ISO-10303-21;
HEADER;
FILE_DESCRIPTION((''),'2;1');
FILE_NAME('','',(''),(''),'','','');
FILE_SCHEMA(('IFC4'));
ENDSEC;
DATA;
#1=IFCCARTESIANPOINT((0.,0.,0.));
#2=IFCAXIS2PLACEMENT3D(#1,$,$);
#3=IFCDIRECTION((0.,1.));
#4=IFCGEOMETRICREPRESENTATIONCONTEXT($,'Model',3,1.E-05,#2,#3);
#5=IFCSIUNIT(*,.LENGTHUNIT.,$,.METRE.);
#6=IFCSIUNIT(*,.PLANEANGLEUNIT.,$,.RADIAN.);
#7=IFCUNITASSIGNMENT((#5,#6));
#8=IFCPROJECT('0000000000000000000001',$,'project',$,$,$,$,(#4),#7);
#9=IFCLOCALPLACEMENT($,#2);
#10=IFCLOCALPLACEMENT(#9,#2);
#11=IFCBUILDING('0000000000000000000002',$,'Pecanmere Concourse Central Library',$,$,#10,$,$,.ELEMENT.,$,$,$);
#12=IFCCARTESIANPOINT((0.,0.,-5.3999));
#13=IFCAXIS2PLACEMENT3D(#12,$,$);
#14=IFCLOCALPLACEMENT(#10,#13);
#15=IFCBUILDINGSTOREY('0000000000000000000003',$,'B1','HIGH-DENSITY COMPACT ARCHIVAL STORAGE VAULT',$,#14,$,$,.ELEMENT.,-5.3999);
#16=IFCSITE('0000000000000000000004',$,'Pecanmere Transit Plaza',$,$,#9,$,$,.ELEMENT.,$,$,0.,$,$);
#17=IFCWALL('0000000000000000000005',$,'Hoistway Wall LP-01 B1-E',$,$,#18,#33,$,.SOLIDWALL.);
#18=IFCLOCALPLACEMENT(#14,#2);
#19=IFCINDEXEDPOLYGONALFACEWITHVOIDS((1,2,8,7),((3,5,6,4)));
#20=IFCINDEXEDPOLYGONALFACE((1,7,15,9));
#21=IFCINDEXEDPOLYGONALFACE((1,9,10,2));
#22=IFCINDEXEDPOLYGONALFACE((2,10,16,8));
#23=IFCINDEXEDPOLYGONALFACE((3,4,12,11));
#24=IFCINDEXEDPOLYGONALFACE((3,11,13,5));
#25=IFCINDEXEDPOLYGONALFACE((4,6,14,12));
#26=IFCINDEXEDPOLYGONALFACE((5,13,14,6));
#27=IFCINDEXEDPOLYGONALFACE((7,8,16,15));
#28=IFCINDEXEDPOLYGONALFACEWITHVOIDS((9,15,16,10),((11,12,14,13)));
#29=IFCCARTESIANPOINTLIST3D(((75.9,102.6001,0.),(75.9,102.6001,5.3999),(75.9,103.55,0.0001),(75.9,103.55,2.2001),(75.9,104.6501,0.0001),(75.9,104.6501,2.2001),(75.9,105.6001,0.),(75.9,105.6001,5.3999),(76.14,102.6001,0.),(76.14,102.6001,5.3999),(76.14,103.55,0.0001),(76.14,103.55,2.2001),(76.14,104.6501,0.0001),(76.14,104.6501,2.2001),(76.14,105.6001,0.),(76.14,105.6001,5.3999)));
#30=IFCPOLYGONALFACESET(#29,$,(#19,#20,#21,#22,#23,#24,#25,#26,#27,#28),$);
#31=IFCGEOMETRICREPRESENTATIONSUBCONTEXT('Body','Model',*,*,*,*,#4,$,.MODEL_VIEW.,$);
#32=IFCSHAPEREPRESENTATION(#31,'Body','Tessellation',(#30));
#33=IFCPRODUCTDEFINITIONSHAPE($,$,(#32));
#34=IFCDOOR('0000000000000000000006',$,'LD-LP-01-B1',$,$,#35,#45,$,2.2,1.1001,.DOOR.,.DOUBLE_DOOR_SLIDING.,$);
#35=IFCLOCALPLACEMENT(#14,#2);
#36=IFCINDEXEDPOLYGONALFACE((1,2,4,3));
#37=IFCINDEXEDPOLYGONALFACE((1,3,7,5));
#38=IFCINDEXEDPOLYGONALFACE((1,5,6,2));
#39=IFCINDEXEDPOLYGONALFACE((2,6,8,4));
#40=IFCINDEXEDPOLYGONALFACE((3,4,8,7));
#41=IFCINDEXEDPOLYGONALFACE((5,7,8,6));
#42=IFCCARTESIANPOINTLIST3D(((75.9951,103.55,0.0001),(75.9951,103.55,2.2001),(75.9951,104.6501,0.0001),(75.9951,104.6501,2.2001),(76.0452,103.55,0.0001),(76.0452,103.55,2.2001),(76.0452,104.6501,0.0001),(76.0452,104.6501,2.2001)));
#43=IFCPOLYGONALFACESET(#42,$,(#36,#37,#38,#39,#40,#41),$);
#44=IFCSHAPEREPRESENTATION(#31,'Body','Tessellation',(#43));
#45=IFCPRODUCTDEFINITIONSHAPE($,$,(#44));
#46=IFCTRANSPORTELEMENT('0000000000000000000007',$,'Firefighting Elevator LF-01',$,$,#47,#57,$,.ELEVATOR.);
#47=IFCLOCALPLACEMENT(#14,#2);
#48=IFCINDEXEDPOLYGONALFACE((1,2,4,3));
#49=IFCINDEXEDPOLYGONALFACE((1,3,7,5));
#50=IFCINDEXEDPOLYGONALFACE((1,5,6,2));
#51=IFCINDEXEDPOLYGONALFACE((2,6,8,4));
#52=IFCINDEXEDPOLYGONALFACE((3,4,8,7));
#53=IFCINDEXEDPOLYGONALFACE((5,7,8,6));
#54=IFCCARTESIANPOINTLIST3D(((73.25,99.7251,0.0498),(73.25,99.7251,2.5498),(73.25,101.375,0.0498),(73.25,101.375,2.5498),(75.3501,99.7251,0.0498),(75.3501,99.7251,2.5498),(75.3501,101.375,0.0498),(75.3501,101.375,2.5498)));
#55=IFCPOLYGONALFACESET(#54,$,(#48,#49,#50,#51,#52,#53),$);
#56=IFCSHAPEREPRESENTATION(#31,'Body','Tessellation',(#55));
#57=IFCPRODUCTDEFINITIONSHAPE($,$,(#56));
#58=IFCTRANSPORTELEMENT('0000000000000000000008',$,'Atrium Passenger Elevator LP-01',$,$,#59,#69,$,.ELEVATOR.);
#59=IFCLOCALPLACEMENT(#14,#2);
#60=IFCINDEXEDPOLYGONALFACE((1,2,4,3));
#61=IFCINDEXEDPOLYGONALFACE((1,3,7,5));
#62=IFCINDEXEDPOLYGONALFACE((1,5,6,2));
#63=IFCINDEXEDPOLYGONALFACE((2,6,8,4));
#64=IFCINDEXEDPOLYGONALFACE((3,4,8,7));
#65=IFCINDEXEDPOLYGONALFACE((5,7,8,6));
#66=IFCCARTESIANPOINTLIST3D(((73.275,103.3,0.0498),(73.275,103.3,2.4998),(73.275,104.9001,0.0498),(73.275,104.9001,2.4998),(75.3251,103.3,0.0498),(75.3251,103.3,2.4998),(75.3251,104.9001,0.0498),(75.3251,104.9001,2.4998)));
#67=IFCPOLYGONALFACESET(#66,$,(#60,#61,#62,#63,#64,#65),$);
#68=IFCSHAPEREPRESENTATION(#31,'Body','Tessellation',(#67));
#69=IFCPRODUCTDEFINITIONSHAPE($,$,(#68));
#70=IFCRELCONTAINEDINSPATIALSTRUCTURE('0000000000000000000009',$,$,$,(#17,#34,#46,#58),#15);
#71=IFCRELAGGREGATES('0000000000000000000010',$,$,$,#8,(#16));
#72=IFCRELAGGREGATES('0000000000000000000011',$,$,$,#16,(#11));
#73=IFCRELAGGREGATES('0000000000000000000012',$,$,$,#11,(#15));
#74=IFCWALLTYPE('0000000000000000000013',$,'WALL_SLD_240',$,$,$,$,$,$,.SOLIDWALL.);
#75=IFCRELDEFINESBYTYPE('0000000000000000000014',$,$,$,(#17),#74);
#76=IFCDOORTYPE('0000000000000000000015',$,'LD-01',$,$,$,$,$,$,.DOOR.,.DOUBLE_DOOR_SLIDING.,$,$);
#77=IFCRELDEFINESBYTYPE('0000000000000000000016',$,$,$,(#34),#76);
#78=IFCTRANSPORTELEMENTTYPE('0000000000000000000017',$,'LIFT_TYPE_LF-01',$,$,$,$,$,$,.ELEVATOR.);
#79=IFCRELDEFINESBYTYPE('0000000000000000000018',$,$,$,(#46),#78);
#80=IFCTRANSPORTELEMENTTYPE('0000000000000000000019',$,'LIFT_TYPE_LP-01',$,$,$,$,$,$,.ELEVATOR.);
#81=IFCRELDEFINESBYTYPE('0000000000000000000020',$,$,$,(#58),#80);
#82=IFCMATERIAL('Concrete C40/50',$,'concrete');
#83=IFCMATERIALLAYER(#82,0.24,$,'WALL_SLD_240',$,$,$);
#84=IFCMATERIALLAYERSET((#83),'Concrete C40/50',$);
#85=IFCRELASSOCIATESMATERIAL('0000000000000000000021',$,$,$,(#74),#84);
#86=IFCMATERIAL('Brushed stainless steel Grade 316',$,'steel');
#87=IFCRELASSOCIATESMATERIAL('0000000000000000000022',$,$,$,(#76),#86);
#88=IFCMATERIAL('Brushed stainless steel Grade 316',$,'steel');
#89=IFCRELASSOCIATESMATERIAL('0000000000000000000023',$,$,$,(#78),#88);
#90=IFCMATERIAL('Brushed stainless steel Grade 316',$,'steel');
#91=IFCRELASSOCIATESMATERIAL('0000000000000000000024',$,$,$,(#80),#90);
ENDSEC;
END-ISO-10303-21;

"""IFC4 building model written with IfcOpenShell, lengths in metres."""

from ifc_helpers import new_model, si_unit, direction, frame, frame_2d, origin, origin_2d, place, context, subcontext, project, spatial, rectangle, extrude, material, layer, layer_set, type_object, element, fill, save


model = new_model("IFC4")

# Units and contexts
model_context = context("Model", 3, precision=1e-05, world=origin(), true_north=direction((0.0, 1.0)))
body_context = subcontext(model_context, "Body", "Model", "MODEL_VIEW")
ifc_project = project(units=[si_unit("LENGTHUNIT", "METRE"), si_unit("PLANEANGLEUNIT", "RADIAN")], contexts=[model_context])

# Site, building, storey
site_placement = place(None, origin())
site = spatial("IfcSite", under=ifc_project, at=site_placement, Name="Pecanmere Transit Plaza", CompositionType="ELEMENT", RefElevation=0.0)
building_placement = place(site_placement, origin())
building = spatial("IfcBuilding", under=site, at=building_placement, Name="Pecanmere Concourse Central Library", CompositionType="ELEMENT")
storey_placement = place(building_placement, frame((0.0, 0.0, -5.3999)))
storey = spatial("IfcBuildingStorey", under=building, at=storey_placement, Name="B1", Description="HIGH-DENSITY COMPACT ARCHIVAL STORAGE VAULT", CompositionType="ELEMENT", Elevation=-5.3999)

# Shared definitions
ifc_material_1 = material(Name="Concrete C40/50", Category="concrete")
ifc_layer_1 = layer(ifc_material_1, 0.24, Name="WALL_SLD_240")
ifc_layer_set_1 = layer_set([ifc_layer_1], Name="Concrete C40/50")
wall_type_1 = type_object("IfcWallType", Name="WALL_SLD_240", PredefinedType="SOLIDWALL", material=ifc_layer_set_1)

# Wall, opening, door
wall_1_placement = place(storey_placement, frame((76.02, 102.6001, 0.0), z_axis=(0.0, 0.0, 1.0), x_axis=(0.0, 1.0, 0.0)))
wall_1 = element("IfcWall", 1, at=wall_1_placement, inside=storey, type_object=wall_type_1, Name="Hoistway Wall LP-01 B1-E", PredefinedType="SOLIDWALL", context=body_context, shape_type="SweptSolid", body=[
    extrude(rectangle(XDim=3.0, YDim=0.24, at=frame_2d((1.5, 0.0))), origin(), (0.0, 0.0, 1.0), 5.3999),
])
opening_placement = place(wall_1_placement, frame((0.95, 0.0, 0.0)))
opening = element("IfcOpeningElement", 2, at=opening_placement, cuts=wall_1, PredefinedType="OPENING", context=body_context, shape_type="SweptSolid", body=[
    extrude(rectangle(XDim=1.1001, YDim=2.2, at=frame_2d((0.55, 1.1001))), frame((0.0, 0.1318, 0.0), z_axis=(0.0, -1.0, 0.0), x_axis=(1.0, 0.0, 0.0)), (0.0, 0.0, 1.0), 0.2639),
])
ifc_material_2 = material(Name="Brushed stainless steel Grade 316", Category="steel")
door_type = type_object("IfcDoorType", Name="LD-01", OperationType="DOUBLE_DOOR_SLIDING", PredefinedType="DOOR", material=ifc_material_2)
door_placement = place(opening_placement, origin())
door = element("IfcDoor", 3, at=door_placement, inside=storey, type_object=door_type, Name="LD-LP-01-B1", OperationType="DOUBLE_DOOR_SLIDING", OverallHeight=2.2, OverallWidth=1.1001, PredefinedType="DOOR", context=body_context, shape_type="SweptSolid", body=[
    extrude(rectangle(XDim=1.1001, YDim=2.2, at=frame_2d((0.55, 1.1001))), frame((0.0, 0.0249, 0.0), z_axis=(0.0, -1.0, 0.0), x_axis=(1.0, 0.0, 0.0)), (0.0, 0.0, 1.0), 0.05),
])
fill(opening, door)

# Transport elements
ifc_material_3 = material(Name="Brushed stainless steel Grade 316", Category="steel")
transport_element_type_1 = type_object("IfcTransportElementType", Name="LIFT_TYPE_LF-01", PredefinedType="ELEVATOR", material=ifc_material_3)
transport_element_1_placement = place(storey_placement, frame((74.3, 100.55, 0.0498), z_axis=(0.0, 0.0, 1.0), x_axis=(1.0, 0.0, 0.0)))
element("IfcTransportElement", 4, at=transport_element_1_placement, inside=storey, type_object=transport_element_type_1, Name="Firefighting Elevator LF-01", PredefinedType="ELEVATOR", context=body_context, shape_type="SweptSolid", body=[
    extrude(rectangle(XDim=2.1001, YDim=1.6499, at=origin_2d()), origin(), (0.0, 0.0, 1.0), 2.5),
])
ifc_material_4 = material(Name="Brushed stainless steel Grade 316", Category="steel")
transport_element_type_2 = type_object("IfcTransportElementType", Name="LIFT_TYPE_LP-01", PredefinedType="ELEVATOR", material=ifc_material_4)
transport_element_2_placement = place(storey_placement, frame((74.3, 104.1001, 0.0498), z_axis=(0.0, 0.0, 1.0), x_axis=(1.0, 0.0, 0.0)))
element("IfcTransportElement", 5, at=transport_element_2_placement, inside=storey, type_object=transport_element_type_2, Name="Atrium Passenger Elevator LP-01", PredefinedType="ELEVATOR", context=body_context, shape_type="SweptSolid", body=[
    extrude(rectangle(XDim=2.05, YDim=1.6001, at=origin_2d()), origin(), (0.0, 0.0, 1.0), 2.45),
])

save(model, "model.ifc")
